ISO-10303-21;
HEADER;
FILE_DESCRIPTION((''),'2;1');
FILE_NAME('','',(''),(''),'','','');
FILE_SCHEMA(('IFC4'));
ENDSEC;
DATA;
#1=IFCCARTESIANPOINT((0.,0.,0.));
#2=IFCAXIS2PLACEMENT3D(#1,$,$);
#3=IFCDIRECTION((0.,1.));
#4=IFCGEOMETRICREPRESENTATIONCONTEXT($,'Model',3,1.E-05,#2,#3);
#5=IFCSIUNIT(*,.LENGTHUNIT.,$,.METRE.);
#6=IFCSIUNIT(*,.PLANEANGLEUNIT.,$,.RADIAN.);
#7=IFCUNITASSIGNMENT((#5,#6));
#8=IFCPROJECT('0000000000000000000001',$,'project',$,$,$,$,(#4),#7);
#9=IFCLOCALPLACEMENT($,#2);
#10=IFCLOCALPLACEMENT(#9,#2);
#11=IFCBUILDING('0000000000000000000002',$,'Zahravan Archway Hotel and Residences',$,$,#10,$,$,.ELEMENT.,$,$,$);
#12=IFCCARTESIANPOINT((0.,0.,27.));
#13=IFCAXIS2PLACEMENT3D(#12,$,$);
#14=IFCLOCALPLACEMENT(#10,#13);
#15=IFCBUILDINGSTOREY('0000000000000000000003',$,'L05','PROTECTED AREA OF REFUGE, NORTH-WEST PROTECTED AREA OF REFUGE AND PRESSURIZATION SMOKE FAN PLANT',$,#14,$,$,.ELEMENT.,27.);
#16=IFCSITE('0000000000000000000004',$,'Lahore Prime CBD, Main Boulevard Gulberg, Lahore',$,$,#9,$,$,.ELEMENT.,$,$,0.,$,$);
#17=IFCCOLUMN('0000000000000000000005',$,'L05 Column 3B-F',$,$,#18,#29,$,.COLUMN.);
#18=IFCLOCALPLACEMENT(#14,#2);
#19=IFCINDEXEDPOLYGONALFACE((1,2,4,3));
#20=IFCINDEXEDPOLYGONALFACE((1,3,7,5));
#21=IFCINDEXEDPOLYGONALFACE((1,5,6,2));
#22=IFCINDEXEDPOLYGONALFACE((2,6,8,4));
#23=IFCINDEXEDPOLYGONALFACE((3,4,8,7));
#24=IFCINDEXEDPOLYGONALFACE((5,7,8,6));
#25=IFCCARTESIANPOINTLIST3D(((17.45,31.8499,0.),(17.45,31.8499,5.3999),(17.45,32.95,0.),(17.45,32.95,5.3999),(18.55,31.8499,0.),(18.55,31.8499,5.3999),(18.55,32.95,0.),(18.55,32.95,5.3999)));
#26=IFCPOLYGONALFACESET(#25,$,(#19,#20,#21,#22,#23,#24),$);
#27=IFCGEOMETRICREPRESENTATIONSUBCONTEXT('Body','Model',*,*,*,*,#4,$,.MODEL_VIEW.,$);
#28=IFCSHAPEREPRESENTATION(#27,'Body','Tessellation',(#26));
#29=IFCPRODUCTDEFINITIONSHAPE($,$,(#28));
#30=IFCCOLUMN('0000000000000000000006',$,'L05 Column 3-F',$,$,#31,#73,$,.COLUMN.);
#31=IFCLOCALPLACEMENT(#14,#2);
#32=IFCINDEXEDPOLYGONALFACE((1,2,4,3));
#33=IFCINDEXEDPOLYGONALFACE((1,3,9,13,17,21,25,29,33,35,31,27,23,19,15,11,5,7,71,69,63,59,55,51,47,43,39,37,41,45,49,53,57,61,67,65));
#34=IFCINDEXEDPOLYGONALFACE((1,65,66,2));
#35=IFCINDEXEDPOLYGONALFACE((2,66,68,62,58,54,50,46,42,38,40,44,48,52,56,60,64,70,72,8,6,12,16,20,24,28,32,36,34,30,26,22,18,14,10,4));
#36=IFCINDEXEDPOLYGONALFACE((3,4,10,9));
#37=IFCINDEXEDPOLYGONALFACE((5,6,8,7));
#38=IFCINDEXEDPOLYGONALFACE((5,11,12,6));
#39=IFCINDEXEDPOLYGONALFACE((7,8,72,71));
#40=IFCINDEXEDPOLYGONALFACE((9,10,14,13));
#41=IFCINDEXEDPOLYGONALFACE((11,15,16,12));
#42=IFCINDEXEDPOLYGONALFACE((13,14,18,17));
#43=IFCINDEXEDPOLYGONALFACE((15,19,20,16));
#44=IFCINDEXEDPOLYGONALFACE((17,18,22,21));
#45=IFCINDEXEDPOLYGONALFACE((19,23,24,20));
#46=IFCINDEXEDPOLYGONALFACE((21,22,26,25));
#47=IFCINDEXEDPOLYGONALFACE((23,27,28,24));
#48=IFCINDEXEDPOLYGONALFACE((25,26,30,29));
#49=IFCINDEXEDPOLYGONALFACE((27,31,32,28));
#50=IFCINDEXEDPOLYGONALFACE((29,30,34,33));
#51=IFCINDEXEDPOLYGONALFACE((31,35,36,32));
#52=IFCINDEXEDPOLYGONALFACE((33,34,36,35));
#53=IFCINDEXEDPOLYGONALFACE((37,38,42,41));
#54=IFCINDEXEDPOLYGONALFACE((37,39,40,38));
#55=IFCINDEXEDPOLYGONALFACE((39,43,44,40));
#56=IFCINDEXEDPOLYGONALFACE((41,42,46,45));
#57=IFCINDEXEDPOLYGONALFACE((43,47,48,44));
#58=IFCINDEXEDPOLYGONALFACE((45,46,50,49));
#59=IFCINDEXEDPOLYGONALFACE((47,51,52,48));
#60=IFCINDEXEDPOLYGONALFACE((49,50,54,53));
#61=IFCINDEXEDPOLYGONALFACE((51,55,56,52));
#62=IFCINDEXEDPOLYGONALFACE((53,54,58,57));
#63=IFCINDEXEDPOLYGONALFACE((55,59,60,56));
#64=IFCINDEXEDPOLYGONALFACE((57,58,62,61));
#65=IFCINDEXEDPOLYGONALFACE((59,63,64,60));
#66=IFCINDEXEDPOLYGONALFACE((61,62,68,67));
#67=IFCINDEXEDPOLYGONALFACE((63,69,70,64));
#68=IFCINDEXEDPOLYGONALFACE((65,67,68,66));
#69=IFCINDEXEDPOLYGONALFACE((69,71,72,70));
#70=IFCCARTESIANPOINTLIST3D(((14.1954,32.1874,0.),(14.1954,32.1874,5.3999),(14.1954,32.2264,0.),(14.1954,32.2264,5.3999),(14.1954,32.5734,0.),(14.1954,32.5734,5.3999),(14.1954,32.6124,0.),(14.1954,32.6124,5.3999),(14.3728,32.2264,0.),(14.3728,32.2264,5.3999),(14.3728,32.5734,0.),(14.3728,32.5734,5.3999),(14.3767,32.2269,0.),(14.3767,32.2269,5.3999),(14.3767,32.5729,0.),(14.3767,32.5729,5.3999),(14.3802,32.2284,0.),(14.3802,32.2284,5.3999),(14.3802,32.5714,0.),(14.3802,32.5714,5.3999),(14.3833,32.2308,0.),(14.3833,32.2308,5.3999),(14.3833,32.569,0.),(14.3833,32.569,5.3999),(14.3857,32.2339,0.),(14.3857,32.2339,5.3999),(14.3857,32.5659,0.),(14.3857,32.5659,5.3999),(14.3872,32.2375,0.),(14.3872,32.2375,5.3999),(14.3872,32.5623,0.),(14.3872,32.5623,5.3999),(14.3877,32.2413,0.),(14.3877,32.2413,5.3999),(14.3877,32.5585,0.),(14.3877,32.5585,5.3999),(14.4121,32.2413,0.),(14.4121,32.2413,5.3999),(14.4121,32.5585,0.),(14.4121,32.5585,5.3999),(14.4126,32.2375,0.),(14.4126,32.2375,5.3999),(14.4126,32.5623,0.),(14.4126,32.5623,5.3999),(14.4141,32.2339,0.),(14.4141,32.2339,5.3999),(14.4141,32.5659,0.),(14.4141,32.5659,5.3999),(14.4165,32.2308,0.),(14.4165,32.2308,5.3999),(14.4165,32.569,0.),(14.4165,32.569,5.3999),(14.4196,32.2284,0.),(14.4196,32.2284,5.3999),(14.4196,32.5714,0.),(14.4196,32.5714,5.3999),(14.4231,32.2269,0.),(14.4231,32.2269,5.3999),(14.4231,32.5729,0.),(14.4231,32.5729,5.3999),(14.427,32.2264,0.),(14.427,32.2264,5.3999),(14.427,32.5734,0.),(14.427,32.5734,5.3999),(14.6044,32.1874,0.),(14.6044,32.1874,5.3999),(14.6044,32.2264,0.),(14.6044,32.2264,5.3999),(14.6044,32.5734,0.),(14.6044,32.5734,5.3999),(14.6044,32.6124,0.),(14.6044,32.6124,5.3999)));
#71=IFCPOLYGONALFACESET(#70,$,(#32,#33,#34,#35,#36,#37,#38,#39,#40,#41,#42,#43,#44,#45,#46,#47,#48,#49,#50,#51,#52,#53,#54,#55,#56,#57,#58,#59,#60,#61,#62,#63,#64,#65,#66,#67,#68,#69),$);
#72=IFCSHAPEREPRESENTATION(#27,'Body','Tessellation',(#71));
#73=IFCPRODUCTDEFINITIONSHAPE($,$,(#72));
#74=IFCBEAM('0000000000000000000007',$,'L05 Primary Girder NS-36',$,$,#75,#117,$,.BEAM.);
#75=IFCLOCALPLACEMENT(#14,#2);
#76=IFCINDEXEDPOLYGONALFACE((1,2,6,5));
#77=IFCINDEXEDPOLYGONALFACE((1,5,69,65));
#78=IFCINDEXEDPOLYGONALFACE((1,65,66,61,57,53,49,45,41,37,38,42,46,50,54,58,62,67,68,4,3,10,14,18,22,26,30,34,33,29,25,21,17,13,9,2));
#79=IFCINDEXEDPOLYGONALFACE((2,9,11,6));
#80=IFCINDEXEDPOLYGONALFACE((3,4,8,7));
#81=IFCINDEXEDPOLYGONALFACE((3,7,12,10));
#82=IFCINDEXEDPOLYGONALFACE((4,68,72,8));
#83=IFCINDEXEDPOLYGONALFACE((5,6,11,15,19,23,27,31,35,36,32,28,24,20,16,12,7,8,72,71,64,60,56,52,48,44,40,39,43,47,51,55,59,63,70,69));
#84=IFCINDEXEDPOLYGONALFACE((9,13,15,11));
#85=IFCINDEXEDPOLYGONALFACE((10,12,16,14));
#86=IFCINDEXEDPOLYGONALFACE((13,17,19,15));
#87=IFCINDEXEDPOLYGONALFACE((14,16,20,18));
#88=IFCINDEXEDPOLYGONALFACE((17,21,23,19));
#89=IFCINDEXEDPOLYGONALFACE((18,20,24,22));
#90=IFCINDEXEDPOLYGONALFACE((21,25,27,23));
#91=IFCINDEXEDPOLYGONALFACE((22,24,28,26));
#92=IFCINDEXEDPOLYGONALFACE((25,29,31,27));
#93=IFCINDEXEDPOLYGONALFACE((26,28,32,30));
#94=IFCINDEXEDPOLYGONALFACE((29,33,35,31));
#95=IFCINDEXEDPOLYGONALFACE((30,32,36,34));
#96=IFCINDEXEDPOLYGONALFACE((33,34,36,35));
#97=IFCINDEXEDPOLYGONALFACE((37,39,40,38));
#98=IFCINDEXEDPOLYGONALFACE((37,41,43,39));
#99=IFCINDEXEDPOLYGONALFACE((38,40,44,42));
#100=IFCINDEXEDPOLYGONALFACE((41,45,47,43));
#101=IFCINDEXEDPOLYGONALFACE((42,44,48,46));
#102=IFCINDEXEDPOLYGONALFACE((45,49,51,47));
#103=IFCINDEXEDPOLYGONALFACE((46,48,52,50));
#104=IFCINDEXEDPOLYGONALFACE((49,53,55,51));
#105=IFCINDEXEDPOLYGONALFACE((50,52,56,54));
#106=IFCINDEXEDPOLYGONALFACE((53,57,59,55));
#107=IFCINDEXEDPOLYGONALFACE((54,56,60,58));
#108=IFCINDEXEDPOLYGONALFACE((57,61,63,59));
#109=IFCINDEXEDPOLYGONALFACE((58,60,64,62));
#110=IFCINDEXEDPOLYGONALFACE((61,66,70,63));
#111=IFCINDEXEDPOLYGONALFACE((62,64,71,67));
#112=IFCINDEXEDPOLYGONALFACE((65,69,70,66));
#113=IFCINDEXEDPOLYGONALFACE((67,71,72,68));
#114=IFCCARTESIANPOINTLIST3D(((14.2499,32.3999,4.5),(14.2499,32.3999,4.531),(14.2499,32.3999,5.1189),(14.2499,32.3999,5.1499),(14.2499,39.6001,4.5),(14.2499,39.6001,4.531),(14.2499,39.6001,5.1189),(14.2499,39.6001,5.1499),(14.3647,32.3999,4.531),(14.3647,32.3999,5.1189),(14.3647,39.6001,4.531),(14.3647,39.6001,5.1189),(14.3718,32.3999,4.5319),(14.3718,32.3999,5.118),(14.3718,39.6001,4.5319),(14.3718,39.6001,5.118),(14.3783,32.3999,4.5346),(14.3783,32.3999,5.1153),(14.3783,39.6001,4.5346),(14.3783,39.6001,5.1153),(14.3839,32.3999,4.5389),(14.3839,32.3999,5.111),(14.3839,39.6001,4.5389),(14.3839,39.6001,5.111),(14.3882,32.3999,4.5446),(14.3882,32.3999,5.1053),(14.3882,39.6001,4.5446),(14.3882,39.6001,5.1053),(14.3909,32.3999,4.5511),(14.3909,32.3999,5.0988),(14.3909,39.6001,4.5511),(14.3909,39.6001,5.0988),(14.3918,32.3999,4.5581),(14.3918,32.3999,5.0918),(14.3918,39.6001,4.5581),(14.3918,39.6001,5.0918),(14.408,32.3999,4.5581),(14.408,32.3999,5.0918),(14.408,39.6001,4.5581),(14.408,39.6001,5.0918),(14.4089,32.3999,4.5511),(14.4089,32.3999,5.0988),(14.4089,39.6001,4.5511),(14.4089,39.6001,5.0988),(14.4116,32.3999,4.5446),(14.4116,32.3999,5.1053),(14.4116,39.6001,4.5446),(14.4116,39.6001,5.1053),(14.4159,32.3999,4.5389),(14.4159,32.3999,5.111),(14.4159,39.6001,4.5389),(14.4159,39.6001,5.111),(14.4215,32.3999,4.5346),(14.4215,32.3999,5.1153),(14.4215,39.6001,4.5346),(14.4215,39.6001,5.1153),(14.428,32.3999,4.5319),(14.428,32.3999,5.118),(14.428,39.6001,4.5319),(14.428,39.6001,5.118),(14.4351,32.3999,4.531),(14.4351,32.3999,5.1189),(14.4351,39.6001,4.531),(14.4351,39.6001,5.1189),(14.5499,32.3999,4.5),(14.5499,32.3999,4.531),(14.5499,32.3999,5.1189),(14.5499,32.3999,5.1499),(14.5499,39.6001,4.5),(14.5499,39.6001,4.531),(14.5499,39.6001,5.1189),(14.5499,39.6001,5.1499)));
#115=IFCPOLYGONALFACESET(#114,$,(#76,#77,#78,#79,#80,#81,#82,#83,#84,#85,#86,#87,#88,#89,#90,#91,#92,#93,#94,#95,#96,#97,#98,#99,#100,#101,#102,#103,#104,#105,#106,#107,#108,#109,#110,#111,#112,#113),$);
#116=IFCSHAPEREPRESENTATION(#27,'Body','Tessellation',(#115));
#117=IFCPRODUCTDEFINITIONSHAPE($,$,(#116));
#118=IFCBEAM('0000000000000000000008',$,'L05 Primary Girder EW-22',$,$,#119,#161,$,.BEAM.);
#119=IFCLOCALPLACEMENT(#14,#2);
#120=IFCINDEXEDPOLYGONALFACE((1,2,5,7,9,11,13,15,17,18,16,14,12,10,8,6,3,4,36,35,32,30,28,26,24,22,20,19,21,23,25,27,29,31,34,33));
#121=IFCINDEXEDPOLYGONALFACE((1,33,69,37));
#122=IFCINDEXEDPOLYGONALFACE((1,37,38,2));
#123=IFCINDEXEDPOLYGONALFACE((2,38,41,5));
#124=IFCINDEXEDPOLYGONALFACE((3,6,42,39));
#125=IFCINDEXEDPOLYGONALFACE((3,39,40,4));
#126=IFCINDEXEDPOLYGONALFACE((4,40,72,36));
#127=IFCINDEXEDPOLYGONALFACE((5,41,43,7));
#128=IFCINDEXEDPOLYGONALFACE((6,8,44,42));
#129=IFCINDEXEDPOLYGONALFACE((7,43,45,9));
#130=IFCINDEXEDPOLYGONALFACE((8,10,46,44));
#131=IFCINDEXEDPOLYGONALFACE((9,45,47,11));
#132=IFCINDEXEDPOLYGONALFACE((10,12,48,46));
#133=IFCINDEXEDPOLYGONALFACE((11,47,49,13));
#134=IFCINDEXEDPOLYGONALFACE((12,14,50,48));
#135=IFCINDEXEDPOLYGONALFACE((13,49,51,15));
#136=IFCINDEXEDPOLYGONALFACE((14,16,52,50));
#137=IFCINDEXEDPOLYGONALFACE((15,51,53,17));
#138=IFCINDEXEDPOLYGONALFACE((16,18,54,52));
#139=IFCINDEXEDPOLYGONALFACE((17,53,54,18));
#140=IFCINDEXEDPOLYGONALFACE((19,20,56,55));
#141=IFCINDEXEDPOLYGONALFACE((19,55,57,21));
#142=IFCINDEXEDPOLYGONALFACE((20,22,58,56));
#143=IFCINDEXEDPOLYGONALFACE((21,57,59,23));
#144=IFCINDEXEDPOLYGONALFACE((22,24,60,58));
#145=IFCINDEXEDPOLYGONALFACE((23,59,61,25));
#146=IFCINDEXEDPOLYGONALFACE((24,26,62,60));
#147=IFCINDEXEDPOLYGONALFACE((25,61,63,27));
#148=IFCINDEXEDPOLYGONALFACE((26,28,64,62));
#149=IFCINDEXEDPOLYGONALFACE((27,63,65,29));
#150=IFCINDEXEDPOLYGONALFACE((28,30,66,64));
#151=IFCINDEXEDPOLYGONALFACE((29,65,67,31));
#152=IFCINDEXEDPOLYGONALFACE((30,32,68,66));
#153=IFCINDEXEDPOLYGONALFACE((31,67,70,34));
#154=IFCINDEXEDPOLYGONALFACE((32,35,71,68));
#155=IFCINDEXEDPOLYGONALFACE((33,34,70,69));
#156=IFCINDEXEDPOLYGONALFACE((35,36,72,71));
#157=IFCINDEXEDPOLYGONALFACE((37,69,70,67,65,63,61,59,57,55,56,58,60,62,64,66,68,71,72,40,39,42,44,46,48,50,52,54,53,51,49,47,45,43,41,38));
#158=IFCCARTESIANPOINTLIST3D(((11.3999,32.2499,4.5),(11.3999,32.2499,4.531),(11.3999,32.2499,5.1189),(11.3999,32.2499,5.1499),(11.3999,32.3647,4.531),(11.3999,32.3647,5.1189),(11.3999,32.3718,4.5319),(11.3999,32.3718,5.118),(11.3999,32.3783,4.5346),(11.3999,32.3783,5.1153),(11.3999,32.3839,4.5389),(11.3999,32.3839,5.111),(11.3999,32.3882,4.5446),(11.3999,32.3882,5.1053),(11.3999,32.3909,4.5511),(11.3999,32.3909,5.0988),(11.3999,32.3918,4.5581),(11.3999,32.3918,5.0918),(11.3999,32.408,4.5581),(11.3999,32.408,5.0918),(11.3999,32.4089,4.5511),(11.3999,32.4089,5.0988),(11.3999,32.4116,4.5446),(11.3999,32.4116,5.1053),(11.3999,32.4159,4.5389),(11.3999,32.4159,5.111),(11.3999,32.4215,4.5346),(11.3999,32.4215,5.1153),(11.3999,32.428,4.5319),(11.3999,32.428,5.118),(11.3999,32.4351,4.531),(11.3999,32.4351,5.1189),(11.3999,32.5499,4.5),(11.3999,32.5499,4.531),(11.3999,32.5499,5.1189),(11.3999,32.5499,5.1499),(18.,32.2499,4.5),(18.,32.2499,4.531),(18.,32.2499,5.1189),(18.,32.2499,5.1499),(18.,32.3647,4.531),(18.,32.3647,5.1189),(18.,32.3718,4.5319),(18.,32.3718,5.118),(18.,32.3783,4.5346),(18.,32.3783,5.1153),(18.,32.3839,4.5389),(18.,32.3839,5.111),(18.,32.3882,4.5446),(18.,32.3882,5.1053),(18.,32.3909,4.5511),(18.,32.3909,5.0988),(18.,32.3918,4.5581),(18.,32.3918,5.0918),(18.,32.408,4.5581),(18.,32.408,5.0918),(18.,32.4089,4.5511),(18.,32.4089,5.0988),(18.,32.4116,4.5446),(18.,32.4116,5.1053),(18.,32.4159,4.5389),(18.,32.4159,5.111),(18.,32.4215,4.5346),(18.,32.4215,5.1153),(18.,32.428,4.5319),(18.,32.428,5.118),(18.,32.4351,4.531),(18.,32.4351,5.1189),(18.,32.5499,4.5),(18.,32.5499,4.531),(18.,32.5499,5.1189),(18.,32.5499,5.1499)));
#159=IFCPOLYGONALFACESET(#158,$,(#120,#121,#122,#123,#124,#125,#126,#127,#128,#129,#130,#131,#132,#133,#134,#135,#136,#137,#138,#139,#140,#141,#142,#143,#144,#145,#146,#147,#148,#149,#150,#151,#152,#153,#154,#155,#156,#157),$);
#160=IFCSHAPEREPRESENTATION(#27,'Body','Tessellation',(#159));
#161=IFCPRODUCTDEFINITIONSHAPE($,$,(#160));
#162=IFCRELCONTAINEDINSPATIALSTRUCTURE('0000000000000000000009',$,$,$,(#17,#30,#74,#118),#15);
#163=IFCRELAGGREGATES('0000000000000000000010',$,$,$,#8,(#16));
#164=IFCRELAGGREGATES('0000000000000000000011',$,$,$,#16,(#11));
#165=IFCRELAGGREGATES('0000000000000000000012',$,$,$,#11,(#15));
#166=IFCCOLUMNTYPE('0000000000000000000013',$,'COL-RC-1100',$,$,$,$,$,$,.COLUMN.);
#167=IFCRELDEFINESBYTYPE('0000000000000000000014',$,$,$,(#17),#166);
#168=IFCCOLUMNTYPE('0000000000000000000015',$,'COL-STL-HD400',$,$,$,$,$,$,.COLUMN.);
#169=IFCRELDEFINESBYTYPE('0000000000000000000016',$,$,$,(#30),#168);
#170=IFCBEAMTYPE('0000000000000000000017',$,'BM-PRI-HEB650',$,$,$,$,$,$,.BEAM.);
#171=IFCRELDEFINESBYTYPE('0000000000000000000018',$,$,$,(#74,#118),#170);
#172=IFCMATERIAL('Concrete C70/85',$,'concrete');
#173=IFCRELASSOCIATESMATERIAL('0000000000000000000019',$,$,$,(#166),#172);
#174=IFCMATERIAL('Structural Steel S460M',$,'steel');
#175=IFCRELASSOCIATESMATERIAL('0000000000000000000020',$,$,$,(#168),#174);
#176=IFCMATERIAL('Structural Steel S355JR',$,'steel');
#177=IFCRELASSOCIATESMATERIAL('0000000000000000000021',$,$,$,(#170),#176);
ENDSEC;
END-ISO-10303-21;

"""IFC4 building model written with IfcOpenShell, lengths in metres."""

from ifc_helpers import new_model, si_unit, direction, frame, origin, origin_2d, place, context, subcontext, project, spatial, rectangle, i_section, extrude, source, transform, mapped, material, material_profile, profile_set, type_object, type_shapes, element, save


model = new_model("IFC4")

# Units and contexts
model_context = context("Model", 3, precision=1e-05, world=origin(), true_north=direction((0.0, 1.0)))
body_context = subcontext(model_context, "Body", "Model", "MODEL_VIEW")
ifc_project = project(units=[si_unit("LENGTHUNIT", "METRE"), si_unit("PLANEANGLEUNIT", "RADIAN")], contexts=[model_context])

# Site, building, storey
site_placement = place(None, origin())
site = spatial("IfcSite", under=ifc_project, at=site_placement, Name="Lahore Prime CBD, Main Boulevard Gulberg, Lahore", CompositionType="ELEMENT", RefElevation=0.0)
building_placement = place(site_placement, origin())
building = spatial("IfcBuilding", under=site, at=building_placement, Name="Zahravan Archway Hotel and Residences", CompositionType="ELEMENT")
storey_placement = place(building_placement, frame((0.0, 0.0, 27.0)))
storey = spatial("IfcBuildingStorey", under=building, at=storey_placement, Name="L05", Description="PROTECTED AREA OF REFUGE, NORTH-WEST PROTECTED AREA OF REFUGE AND PRESSURIZATION SMOKE FAN PLANT", CompositionType="ELEMENT", Elevation=27.0)

# Columns
ifc_material_1 = material(Name="Concrete C70/85", Category="concrete")
ifc_material_profile_1 = material_profile(ifc_material_1, rectangle(XDim=1.1001, YDim=1.1001, at=origin_2d()), Name="RC 1100x1100", Category="concrete")
ifc_profile_set_1 = profile_set([ifc_material_profile_1], Name="Concrete C70/85")
column_type_1 = type_object("IfcColumnType", Name="COL-RC-1100", PredefinedType="COLUMN", material=ifc_profile_set_1)
shared_shape_1 = source(origin(), body_context, "Body", "SweptSolid", [
    extrude(rectangle(XDim=1.1001, YDim=1.1001, at=origin_2d()), origin(), (0.0, 0.0, 1.0), 5.3999),
])
column_1_placement = place(storey_placement, frame((18.0, 32.3999, 0.0), z_axis=(0.0, 0.0, 1.0), x_axis=(1.0, 0.0, 0.0)))
element("IfcColumn", 1, at=column_1_placement, inside=storey, type_object=column_type_1, Name="L05 Column 3B-F", PredefinedType="COLUMN", context=body_context, shape_type="MappedRepresentation", body=[
    mapped(shared_shape_1, transform((0.0, 0.0, 0.0), scale=1.0)),
])
ifc_material_2 = material(Name="Structural Steel S460M", Category="steel")
ifc_material_profile_2 = material_profile(ifc_material_2, i_section(OverallWidth=0.4089, OverallDepth=0.425, WebThickness=0.0244, FlangeThickness=0.0391, FilletRadius=0.0149, at=origin_2d()), Name="HD 400x421", Category="steel")
ifc_profile_set_2 = profile_set([ifc_material_profile_2], Name="Structural Steel S460M")
column_type_2 = type_object("IfcColumnType", Name="COL-STL-HD400", PredefinedType="COLUMN", material=ifc_profile_set_2)
shared_shape_2 = source(origin(), body_context, "Body", "SweptSolid", [
    extrude(i_section(OverallWidth=0.4089, OverallDepth=0.425, WebThickness=0.0244, FlangeThickness=0.0391, FilletRadius=0.0149, at=origin_2d()), origin(), (0.0, 0.0, 1.0), 5.3999),
])
type_shapes(column_type_2, [shared_shape_2])
column_2_placement = place(storey_placement, frame((14.3999, 32.3999, 0.0), z_axis=(0.0, 0.0, 1.0), x_axis=(1.0, 0.0, 0.0)))
element("IfcColumn", 2, at=column_2_placement, inside=storey, type_object=column_type_2, Name="L05 Column 3-F", PredefinedType="COLUMN", context=body_context, shape_type="MappedRepresentation", body=[
    mapped(shared_shape_2, transform((0.0, 0.0, 0.0), scale=1.0)),
])

# Beams
ifc_material_3 = material(Name="Structural Steel S355JR", Category="steel")
ifc_material_profile_3 = material_profile(ifc_material_3, i_section(OverallWidth=0.3, OverallDepth=0.6499, WebThickness=0.0161, FlangeThickness=0.031, FilletRadius=0.0271, at=origin_2d()), Name="HEB 650", Category="steel")
ifc_profile_set_3 = profile_set([ifc_material_profile_3], Name="Structural Steel S355JR")
beam_type_1 = type_object("IfcBeamType", Name="BM-PRI-HEB650", PredefinedType="BEAM", material=ifc_profile_set_3)
shared_shape_3 = source(origin(), body_context, "Body", "SweptSolid", [
    extrude(i_section(OverallWidth=0.3, OverallDepth=0.6499, WebThickness=0.0161, FlangeThickness=0.031, FilletRadius=0.0271, at=origin_2d()), origin(), (0.0, 0.0, 1.0), 7.2002),
])
type_shapes(beam_type_1, [shared_shape_3])
beam_1_placement = place(storey_placement, frame((14.3999, 32.3999, 4.825), z_axis=(0.0, 1.0, 0.0), x_axis=(-1.0, 0.0, 0.0)))
element("IfcBeam", 3, at=beam_1_placement, inside=storey, type_object=beam_type_1, Name="L05 Primary Girder NS-36", PredefinedType="BEAM", context=body_context, shape_type="MappedRepresentation", body=[
    mapped(shared_shape_3, transform((0.0, 0.0, 0.0), scale=1.0)),
])
shared_shape_4 = source(origin(), body_context, "Body", "SweptSolid", [
    extrude(i_section(OverallWidth=0.3, OverallDepth=0.6499, WebThickness=0.0161, FlangeThickness=0.031, FilletRadius=0.0271, at=origin_2d()), origin(), (0.0, 0.0, 1.0), 6.6001),
])
beam_2_placement = place(storey_placement, frame((11.3999, 32.3999, 4.825), z_axis=(1.0, 0.0, 0.0), x_axis=(0.0, 1.0, 0.0)))
element("IfcBeam", 4, at=beam_2_placement, inside=storey, type_object=beam_type_1, Name="L05 Primary Girder EW-22", PredefinedType="BEAM", context=body_context, shape_type="MappedRepresentation", body=[
    mapped(shared_shape_4, transform((0.0, 0.0, 0.0), scale=1.0)),
])

save(model, "model.ifc")
